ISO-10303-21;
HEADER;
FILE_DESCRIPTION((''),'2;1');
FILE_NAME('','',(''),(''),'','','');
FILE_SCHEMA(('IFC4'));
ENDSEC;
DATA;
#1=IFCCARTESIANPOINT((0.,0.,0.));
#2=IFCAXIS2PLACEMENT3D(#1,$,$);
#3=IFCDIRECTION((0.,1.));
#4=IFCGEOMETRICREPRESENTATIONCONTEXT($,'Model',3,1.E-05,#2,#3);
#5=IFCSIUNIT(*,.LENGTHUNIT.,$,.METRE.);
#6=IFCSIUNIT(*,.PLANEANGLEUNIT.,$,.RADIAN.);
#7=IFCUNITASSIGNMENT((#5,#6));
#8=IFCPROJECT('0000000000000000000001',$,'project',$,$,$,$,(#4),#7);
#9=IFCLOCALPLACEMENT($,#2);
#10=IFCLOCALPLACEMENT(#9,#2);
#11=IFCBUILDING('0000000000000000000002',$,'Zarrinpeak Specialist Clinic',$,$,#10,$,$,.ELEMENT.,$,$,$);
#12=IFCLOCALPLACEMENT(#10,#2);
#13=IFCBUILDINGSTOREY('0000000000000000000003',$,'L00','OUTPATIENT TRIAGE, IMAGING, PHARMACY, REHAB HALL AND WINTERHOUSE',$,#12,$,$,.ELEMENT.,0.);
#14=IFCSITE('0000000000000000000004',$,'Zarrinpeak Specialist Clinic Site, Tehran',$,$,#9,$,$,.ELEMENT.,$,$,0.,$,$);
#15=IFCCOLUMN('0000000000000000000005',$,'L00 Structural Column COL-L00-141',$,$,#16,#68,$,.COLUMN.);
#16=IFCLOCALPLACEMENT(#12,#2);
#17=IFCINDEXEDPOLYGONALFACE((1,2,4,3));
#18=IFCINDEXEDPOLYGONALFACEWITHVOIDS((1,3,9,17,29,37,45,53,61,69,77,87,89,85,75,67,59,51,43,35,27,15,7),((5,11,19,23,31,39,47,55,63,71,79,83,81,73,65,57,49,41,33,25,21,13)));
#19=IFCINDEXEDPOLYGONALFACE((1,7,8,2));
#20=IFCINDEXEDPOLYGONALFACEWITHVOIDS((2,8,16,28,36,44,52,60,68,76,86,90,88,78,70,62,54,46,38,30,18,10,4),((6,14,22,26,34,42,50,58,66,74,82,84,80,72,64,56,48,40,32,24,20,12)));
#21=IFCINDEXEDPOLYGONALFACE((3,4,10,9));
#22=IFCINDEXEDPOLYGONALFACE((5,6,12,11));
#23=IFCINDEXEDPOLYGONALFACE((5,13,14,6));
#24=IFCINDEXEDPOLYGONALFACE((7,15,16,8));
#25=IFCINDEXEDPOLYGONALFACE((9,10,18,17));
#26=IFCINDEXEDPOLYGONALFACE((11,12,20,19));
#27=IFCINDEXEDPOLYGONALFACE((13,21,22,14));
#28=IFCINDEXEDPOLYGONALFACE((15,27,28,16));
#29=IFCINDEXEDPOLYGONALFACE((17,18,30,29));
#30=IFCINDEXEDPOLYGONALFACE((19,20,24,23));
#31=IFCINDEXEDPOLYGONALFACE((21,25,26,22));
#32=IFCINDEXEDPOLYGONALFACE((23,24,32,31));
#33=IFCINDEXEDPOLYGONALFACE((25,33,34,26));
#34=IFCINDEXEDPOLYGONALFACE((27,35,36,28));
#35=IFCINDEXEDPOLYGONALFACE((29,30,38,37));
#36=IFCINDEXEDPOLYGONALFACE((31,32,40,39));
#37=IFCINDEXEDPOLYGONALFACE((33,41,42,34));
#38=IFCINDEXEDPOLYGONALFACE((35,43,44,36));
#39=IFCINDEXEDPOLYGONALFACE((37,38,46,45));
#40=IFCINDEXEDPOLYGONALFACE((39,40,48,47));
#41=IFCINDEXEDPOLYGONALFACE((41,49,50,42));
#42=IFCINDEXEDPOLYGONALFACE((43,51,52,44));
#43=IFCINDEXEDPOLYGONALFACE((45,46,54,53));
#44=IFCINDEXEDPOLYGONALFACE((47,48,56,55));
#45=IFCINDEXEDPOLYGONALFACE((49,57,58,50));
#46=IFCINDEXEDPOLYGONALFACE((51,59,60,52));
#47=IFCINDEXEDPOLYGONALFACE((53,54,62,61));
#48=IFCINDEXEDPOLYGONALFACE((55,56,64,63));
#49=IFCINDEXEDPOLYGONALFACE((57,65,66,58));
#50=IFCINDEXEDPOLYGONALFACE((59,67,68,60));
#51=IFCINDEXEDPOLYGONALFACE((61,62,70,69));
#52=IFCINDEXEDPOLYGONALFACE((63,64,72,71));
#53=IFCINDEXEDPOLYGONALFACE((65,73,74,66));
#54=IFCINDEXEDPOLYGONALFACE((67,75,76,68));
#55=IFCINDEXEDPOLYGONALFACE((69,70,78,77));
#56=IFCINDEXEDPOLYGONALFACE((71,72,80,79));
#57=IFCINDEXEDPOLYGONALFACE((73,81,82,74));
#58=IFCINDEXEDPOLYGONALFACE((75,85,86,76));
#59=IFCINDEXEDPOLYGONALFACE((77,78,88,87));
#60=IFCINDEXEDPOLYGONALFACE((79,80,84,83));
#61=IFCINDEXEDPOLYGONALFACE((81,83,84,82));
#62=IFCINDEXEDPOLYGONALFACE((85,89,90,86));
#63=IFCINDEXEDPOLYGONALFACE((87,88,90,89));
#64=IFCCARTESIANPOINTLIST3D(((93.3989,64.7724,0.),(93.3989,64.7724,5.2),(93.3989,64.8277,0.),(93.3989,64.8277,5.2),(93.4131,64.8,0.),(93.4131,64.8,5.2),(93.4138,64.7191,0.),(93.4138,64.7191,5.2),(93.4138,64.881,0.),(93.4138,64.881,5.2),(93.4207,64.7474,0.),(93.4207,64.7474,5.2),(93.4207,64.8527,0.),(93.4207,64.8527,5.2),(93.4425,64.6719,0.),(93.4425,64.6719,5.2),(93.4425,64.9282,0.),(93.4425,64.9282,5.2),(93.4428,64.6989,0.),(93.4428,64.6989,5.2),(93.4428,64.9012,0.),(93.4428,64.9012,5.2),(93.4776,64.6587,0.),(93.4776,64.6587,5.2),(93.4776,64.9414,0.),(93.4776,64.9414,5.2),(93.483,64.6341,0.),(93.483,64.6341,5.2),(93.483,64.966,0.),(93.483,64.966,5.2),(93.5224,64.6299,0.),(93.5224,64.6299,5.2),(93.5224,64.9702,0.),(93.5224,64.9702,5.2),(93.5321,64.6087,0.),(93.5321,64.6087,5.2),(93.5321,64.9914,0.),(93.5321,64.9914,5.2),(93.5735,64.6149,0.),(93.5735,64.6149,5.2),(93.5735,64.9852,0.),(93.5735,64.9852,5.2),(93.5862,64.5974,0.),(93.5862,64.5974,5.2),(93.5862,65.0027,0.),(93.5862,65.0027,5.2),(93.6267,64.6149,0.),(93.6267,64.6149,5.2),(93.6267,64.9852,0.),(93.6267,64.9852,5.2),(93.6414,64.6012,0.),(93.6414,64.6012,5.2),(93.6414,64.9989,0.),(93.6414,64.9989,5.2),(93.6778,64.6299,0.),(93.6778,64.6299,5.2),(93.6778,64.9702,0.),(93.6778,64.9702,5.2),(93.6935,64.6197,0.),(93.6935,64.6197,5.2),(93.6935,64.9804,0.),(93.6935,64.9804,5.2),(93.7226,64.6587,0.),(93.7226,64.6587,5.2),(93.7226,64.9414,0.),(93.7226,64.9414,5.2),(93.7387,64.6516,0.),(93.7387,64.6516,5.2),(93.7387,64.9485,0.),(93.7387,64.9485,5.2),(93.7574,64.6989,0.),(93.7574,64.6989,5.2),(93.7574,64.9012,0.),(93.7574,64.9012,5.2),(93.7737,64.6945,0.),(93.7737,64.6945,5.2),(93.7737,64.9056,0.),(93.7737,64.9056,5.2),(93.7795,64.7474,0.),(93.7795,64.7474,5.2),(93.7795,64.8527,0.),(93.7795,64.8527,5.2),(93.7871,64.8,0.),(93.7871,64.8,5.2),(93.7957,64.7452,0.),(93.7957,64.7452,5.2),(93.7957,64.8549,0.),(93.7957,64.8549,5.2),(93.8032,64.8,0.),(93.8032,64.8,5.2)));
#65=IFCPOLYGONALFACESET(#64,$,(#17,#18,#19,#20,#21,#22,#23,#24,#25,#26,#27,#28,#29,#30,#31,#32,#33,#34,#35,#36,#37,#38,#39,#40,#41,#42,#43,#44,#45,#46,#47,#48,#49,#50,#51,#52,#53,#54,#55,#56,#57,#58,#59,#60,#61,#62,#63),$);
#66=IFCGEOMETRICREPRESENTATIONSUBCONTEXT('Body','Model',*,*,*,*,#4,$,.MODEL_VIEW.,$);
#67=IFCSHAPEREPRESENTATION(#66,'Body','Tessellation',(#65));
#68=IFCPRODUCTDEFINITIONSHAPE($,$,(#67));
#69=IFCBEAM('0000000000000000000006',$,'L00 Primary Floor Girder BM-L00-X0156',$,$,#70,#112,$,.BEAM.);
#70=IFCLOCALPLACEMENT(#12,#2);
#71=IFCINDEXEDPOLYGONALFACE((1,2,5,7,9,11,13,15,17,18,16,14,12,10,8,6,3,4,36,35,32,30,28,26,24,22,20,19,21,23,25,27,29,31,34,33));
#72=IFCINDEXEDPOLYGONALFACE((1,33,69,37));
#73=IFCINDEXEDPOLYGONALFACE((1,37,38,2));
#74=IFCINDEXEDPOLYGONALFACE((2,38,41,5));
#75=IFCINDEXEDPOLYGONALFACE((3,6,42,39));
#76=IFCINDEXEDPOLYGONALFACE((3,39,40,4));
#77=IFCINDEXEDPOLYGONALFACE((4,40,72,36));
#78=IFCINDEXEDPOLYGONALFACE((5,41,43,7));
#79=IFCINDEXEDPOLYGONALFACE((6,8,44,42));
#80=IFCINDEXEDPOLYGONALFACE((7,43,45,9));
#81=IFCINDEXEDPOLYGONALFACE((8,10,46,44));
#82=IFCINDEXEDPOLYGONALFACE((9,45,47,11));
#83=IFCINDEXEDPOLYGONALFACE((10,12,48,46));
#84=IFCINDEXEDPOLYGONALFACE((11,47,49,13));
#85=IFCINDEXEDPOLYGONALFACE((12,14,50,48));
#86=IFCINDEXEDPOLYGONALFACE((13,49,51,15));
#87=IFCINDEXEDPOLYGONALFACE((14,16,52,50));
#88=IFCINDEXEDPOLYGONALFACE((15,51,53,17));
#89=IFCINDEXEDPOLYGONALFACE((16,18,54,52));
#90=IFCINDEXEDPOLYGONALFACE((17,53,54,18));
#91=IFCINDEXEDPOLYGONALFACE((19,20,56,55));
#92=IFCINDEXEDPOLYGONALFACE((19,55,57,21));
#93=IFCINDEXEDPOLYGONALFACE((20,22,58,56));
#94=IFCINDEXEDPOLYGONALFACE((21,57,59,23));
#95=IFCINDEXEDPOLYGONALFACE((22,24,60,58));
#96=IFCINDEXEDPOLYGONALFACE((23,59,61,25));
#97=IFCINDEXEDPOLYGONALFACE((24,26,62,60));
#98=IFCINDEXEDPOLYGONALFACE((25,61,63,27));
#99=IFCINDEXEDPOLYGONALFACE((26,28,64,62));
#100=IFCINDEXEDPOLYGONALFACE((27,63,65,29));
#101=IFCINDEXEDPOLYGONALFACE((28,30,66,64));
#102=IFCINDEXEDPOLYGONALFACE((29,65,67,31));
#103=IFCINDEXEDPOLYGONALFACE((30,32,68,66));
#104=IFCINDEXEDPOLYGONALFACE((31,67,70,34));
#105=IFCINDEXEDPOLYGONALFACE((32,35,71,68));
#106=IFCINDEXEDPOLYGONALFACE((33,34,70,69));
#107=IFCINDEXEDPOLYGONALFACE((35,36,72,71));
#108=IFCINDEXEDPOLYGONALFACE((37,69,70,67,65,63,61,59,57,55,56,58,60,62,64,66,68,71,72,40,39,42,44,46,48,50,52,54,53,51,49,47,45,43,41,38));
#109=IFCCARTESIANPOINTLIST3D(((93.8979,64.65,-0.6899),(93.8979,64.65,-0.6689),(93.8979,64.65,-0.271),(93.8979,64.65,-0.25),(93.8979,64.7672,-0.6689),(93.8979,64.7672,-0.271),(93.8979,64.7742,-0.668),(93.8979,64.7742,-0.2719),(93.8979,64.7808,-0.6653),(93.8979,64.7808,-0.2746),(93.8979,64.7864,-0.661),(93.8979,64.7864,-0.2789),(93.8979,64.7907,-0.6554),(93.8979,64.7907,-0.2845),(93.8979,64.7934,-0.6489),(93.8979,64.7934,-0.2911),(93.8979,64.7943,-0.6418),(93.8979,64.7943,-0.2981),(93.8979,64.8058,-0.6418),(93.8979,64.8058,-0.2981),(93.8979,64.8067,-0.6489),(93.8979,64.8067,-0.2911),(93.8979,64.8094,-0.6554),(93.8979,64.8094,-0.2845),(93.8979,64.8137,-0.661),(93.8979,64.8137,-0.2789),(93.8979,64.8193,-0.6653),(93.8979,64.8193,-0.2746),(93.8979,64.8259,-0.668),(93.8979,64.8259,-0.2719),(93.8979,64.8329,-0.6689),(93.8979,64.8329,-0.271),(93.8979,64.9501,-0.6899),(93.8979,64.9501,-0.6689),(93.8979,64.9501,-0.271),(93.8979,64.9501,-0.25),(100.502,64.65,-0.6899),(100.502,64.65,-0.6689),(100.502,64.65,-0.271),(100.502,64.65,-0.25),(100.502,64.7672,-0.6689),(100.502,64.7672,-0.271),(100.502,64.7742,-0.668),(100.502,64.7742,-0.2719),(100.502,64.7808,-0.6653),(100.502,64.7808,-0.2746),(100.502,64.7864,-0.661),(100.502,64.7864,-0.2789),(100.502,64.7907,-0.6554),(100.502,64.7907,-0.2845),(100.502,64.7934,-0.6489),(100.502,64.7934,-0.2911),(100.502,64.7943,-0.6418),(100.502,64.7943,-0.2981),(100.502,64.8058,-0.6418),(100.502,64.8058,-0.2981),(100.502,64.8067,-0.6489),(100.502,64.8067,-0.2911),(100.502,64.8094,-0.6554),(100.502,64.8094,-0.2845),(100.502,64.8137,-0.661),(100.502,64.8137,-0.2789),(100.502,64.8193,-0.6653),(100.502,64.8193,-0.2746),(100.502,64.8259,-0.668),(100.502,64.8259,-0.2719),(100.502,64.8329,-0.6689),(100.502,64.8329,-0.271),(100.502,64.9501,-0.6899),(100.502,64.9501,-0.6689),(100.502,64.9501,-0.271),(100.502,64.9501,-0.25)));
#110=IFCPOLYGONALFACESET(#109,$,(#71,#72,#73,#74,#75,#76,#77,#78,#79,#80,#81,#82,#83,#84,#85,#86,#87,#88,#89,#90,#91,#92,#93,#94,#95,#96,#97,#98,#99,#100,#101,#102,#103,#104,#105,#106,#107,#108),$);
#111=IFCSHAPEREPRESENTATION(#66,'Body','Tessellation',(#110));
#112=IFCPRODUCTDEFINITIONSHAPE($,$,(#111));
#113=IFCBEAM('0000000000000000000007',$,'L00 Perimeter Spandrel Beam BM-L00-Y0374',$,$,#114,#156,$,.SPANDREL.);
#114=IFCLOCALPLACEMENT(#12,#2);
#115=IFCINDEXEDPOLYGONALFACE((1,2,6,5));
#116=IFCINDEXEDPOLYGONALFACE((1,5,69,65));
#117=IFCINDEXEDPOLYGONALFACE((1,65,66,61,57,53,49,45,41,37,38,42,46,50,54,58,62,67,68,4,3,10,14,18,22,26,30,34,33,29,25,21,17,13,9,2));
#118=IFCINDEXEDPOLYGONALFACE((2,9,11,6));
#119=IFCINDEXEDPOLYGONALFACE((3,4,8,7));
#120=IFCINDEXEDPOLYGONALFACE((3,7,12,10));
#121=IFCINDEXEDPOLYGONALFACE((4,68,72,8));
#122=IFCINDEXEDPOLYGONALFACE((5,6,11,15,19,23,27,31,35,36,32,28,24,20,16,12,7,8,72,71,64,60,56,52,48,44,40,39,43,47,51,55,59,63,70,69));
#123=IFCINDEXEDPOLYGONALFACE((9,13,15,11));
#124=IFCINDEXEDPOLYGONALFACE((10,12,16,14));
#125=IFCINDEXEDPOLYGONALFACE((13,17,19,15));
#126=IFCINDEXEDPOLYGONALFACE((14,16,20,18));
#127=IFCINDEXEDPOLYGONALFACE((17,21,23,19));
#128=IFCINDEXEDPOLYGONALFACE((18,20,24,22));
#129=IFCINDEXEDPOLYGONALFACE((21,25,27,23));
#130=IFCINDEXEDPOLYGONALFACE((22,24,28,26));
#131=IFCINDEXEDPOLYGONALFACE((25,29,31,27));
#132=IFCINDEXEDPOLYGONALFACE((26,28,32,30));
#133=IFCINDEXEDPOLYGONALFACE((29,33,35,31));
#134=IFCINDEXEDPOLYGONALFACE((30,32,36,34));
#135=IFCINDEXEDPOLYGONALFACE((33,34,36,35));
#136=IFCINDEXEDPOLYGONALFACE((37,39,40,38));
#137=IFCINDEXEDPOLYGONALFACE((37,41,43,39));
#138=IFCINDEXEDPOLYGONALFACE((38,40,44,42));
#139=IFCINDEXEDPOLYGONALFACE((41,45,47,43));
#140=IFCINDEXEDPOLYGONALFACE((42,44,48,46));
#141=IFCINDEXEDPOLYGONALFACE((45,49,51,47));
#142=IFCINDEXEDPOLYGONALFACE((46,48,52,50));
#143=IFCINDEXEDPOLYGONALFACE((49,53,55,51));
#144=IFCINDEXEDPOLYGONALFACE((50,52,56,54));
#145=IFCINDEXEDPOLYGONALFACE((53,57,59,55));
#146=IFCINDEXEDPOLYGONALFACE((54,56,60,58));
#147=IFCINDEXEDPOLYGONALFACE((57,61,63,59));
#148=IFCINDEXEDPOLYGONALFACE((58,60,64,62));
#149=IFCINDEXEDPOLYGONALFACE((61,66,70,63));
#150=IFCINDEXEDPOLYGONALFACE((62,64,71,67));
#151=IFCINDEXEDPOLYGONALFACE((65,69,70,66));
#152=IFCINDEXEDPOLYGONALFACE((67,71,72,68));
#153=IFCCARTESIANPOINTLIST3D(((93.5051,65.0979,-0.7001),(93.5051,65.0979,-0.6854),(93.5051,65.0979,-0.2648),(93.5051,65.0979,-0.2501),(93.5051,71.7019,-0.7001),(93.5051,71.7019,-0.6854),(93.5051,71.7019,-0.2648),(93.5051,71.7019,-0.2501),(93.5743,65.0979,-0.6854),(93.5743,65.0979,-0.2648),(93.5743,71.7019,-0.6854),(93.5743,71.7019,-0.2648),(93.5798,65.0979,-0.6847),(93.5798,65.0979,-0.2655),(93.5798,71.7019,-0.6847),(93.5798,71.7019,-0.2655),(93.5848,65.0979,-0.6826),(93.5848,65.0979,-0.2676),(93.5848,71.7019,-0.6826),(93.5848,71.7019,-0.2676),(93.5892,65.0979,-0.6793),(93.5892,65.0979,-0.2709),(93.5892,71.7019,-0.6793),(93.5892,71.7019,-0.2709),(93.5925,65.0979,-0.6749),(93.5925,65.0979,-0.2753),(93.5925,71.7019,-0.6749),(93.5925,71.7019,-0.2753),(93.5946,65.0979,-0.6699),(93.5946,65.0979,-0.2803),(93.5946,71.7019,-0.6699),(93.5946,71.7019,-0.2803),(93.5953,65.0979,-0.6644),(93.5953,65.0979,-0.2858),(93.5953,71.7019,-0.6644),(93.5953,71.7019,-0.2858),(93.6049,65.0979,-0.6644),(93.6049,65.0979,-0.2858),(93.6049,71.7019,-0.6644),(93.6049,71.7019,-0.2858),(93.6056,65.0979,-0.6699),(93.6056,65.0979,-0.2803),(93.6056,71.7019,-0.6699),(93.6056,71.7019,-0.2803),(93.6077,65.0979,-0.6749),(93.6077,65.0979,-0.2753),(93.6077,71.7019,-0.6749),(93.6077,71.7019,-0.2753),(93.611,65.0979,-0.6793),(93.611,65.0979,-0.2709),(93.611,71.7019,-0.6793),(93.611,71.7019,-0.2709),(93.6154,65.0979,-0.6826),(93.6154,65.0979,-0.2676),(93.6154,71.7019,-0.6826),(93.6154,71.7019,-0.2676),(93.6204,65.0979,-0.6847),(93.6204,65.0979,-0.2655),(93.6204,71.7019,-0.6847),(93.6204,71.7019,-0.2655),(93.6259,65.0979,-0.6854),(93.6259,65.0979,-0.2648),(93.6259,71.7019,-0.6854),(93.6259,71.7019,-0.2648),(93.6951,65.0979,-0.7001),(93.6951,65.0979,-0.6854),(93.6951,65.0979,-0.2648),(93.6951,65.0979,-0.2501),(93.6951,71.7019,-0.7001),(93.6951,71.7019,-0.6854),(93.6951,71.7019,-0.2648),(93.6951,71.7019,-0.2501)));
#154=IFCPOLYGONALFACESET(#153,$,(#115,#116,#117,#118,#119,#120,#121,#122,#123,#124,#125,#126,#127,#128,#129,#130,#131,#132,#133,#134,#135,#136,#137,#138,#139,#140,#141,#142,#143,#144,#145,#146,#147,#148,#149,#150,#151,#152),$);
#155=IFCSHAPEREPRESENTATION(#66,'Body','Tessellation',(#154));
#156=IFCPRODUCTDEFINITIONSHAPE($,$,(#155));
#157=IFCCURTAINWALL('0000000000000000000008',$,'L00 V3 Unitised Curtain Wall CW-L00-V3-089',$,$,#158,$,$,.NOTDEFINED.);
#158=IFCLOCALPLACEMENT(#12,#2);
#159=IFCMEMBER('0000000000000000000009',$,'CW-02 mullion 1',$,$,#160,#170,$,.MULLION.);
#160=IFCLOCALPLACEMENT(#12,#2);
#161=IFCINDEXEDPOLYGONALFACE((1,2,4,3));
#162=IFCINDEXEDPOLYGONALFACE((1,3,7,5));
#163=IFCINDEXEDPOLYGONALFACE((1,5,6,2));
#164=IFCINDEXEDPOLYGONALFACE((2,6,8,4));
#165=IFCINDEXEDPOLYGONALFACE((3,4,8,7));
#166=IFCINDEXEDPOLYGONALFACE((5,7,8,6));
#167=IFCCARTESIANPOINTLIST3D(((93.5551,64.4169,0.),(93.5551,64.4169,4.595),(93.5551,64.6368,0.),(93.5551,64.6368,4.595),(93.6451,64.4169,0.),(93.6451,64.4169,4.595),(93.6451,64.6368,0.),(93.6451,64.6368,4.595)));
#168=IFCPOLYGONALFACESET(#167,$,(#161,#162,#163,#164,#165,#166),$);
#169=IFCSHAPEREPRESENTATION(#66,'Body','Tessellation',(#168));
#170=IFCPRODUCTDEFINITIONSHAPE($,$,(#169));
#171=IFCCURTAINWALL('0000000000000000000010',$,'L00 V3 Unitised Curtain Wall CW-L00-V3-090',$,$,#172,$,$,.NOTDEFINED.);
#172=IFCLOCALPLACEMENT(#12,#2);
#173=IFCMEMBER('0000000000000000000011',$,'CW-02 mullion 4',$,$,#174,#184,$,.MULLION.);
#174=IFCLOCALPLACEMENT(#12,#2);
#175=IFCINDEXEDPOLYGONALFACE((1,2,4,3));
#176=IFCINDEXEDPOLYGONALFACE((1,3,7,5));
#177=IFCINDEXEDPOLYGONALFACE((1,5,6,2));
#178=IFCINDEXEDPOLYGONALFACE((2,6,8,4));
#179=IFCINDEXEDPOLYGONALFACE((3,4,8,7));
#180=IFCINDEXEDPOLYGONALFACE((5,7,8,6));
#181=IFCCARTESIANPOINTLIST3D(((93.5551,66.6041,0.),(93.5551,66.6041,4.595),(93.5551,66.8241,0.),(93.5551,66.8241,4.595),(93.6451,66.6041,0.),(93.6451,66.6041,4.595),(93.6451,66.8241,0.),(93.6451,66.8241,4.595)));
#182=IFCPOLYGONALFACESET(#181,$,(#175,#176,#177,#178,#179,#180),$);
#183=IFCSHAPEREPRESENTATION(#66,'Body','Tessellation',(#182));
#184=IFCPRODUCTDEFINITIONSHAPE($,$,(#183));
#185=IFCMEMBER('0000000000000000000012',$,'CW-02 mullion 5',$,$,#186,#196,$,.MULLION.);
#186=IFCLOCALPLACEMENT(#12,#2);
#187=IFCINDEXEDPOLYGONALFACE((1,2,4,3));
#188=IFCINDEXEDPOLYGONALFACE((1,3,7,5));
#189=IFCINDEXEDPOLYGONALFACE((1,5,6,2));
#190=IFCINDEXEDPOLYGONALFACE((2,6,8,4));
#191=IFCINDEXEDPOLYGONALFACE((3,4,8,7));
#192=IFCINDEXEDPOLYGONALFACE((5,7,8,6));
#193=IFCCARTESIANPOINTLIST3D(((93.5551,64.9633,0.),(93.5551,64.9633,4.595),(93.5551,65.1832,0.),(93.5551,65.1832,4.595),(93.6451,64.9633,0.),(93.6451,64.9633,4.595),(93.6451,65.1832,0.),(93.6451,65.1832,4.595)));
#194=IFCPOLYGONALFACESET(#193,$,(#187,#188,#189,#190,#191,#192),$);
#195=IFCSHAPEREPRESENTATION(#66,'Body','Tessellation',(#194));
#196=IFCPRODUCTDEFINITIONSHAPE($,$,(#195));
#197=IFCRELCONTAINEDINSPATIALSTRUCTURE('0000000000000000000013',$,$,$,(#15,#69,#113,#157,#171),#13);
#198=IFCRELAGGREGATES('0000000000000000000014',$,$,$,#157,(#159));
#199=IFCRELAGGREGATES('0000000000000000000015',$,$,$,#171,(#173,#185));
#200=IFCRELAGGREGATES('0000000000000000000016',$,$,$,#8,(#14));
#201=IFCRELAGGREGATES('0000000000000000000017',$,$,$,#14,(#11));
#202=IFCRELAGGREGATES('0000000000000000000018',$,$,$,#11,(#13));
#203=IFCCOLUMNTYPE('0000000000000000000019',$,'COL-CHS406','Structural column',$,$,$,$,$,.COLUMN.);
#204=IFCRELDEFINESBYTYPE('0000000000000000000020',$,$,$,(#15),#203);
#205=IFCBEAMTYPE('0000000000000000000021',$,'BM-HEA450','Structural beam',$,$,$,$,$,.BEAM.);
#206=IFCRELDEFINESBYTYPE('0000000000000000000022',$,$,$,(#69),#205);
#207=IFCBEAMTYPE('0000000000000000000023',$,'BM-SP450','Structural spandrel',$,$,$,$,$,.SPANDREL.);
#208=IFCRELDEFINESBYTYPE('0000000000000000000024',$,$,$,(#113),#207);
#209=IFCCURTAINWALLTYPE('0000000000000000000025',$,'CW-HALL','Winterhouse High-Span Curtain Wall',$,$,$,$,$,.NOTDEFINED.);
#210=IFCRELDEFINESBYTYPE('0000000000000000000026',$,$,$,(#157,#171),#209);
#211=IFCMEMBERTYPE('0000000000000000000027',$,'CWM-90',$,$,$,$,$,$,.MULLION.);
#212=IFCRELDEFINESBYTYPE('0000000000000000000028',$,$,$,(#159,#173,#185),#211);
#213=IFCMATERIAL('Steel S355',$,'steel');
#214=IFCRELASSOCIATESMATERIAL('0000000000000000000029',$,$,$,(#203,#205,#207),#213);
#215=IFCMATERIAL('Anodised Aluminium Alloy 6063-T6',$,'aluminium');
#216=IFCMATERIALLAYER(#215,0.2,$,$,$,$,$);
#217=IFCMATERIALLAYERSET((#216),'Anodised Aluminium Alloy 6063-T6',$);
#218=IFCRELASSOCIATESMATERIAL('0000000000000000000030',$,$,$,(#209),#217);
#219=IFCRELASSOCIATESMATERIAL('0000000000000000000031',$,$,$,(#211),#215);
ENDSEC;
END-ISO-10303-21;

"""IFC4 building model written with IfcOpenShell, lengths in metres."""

from ifc_helpers import new_model, si_unit, direction, frame, origin, origin_2d, place, context, subcontext, project, spatial, rectangle, hollow_circle, i_section, extrude, material, layer, layer_set, material_profile, profile_set, type_object, element, aggregate, save


model = new_model("IFC4")

# Units and contexts
model_context = context("Model", 3, precision=1e-05, world=origin(), true_north=direction((0.0, 1.0)))
body_context = subcontext(model_context, "Body", "Model", "MODEL_VIEW")
ifc_project = project(units=[si_unit("LENGTHUNIT", "METRE"), si_unit("PLANEANGLEUNIT", "RADIAN")], contexts=[model_context])

# Site, building, storey
site_placement = place(None, origin())
site = spatial("IfcSite", under=ifc_project, at=site_placement, Name="Zarrinpeak Specialist Clinic Site, Tehran", CompositionType="ELEMENT", RefElevation=0.0)
building_placement = place(site_placement, origin())
building = spatial("IfcBuilding", under=site, at=building_placement, Name="Zarrinpeak Specialist Clinic", CompositionType="ELEMENT")
storey_placement = place(building_placement, origin())
storey = spatial("IfcBuildingStorey", under=building, at=storey_placement, Name="L00", Description="OUTPATIENT TRIAGE, IMAGING, PHARMACY, REHAB HALL AND WINTERHOUSE", CompositionType="ELEMENT", Elevation=0.0)

# Column
ifc_material_1 = material(Name="Steel S355", Category="steel")
ifc_material_profile_1 = material_profile(ifc_material_1, hollow_circle(Radius=0.2031, WallThickness=0.0161, at=origin_2d()), Name="CHS 406.4x16.0")
ifc_profile_set_1 = profile_set([ifc_material_profile_1], Name="Steel S355")
column_type = type_object("IfcColumnType", Name="COL-CHS406", Description="Structural column", PredefinedType="COLUMN", material=ifc_profile_set_1)
column_placement = place(storey_placement, frame((93.6001, 64.8, 0.0), z_axis=(0.0, 0.0, 1.0), x_axis=(1.0, 0.0, 0.0)))
element("IfcColumn", 1, at=column_placement, inside=storey, type_object=column_type, Name="L00 Structural Column COL-L00-141", PredefinedType="COLUMN", context=body_context, shape_type="SweptSolid", body=[
    extrude(hollow_circle(Radius=0.2031, WallThickness=0.0161, at=origin_2d()), origin(), (0.0, 0.0, 1.0), 5.2),
])

# Beams
ifc_material_profile_2 = material_profile(ifc_material_1, i_section(OverallWidth=0.3, OverallDepth=0.4399, WebThickness=0.0115, FlangeThickness=0.021, FilletRadius=0.0271, at=origin_2d()), Name="HEA 450")
ifc_profile_set_2 = profile_set([ifc_material_profile_2], Name="Steel S355")
beam_type_1 = type_object("IfcBeamType", Name="BM-HEA450", Description="Structural beam", PredefinedType="BEAM", material=ifc_profile_set_2)
beam_1_placement = place(storey_placement, frame((93.8979, 64.8, -0.47), z_axis=(1.0, 0.0, 0.0), x_axis=(0.0, 1.0, 0.0)))
element("IfcBeam", 2, at=beam_1_placement, inside=storey, type_object=beam_type_1, Name="L00 Primary Floor Girder BM-L00-X0156", PredefinedType="BEAM", context=body_context, shape_type="SweptSolid", body=[
    extrude(i_section(OverallWidth=0.3, OverallDepth=0.4399, WebThickness=0.0115, FlangeThickness=0.021, FilletRadius=0.0271, at=origin_2d()), origin(), (0.0, 0.0, 1.0), 6.604),
])
ifc_material_profile_3 = material_profile(ifc_material_1, i_section(OverallWidth=0.1899, OverallDepth=0.45, WebThickness=0.0095, FlangeThickness=0.0146, FilletRadius=0.021, at=origin_2d()), Name="IPE 450")
ifc_profile_set_3 = profile_set([ifc_material_profile_3], Name="Steel S355")
beam_type_2 = type_object("IfcBeamType", Name="BM-SP450", Description="Structural spandrel", PredefinedType="SPANDREL", material=ifc_profile_set_3)
beam_2_placement = place(storey_placement, frame((93.6001, 65.0979, -0.4751), z_axis=(0.0, 1.0, 0.0), x_axis=(-1.0, 0.0, 0.0)))
element("IfcBeam", 3, at=beam_2_placement, inside=storey, type_object=beam_type_2, Name="L00 Perimeter Spandrel Beam BM-L00-Y0374", PredefinedType="SPANDREL", context=body_context, shape_type="SweptSolid", body=[
    extrude(i_section(OverallWidth=0.1899, OverallDepth=0.45, WebThickness=0.0095, FlangeThickness=0.0146, FilletRadius=0.021, at=origin_2d()), origin(), (0.0, 0.0, 1.0), 6.604),
])

# Curtain wall, member
ifc_material_2 = material(Name="Anodised Aluminium Alloy 6063-T6", Category="aluminium")
ifc_layer_1 = layer(ifc_material_2, 0.2)
ifc_layer_set_1 = layer_set([ifc_layer_1], Name="Anodised Aluminium Alloy 6063-T6")
curtain_wall_type = type_object("IfcCurtainWallType", Name="CW-HALL", Description="Winterhouse High-Span Curtain Wall", PredefinedType="NOTDEFINED", material=ifc_layer_set_1)
curtain_wall_1_placement = place(storey_placement, origin())
curtain_wall_1 = element("IfcCurtainWall", 4, at=curtain_wall_1_placement, inside=storey, type_object=curtain_wall_type, Name="L00 V3 Unitised Curtain Wall CW-L00-V3-089", PredefinedType="NOTDEFINED")
ifc_material_profile_4 = material_profile(ifc_material_2, rectangle(XDim=0.0901, YDim=0.22, at=origin_2d()), Name="ALU 90x220")
ifc_profile_set_4 = profile_set([ifc_material_profile_4], Name="Anodised Aluminium Alloy 6063-T6")
member_type_1 = type_object("IfcMemberType", Name="CWM-90", PredefinedType="MULLION", material=ifc_profile_set_4)
member_1_placement = place(storey_placement, frame((93.6001, 64.5269, 0.0), z_axis=(0.0, 0.0, 1.0), x_axis=(1.0, 0.0, 0.0)))
member_1 = element("IfcMember", 5, at=member_1_placement, type_object=member_type_1, Name="CW-02 mullion 1", PredefinedType="MULLION", context=body_context, shape_type="SweptSolid", body=[
    extrude(rectangle(XDim=0.0901, YDim=0.22, at=origin_2d()), origin(), (0.0, 0.0, 1.0), 4.595),
])

# Curtain wall, members
curtain_wall_2_placement = place(storey_placement, origin())
curtain_wall_2 = element("IfcCurtainWall", 6, at=curtain_wall_2_placement, inside=storey, type_object=curtain_wall_type, Name="L00 V3 Unitised Curtain Wall CW-L00-V3-090", PredefinedType="NOTDEFINED")
member_2_placement = place(storey_placement, frame((93.6001, 66.7141, 0.0), z_axis=(0.0, 0.0, 1.0), x_axis=(1.0, 0.0, 0.0)))
member_2 = element("IfcMember", 7, at=member_2_placement, type_object=member_type_1, Name="CW-02 mullion 4", PredefinedType="MULLION", context=body_context, shape_type="SweptSolid", body=[
    extrude(rectangle(XDim=0.0901, YDim=0.22, at=origin_2d()), origin(), (0.0, 0.0, 1.0), 4.595),
])
member_3_placement = place(storey_placement, frame((93.6001, 65.0732, 0.0), z_axis=(0.0, 0.0, 1.0), x_axis=(1.0, 0.0, 0.0)))
member_3 = element("IfcMember", 8, at=member_3_placement, type_object=member_type_1, Name="CW-02 mullion 5", PredefinedType="MULLION", context=body_context, shape_type="SweptSolid", body=[
    extrude(rectangle(XDim=0.0901, YDim=0.22, at=origin_2d()), origin(), (0.0, 0.0, 1.0), 4.595),
])

aggregate(curtain_wall_1, [member_1])

aggregate(curtain_wall_2, [member_2, member_3])

save(model, "model.ifc")
